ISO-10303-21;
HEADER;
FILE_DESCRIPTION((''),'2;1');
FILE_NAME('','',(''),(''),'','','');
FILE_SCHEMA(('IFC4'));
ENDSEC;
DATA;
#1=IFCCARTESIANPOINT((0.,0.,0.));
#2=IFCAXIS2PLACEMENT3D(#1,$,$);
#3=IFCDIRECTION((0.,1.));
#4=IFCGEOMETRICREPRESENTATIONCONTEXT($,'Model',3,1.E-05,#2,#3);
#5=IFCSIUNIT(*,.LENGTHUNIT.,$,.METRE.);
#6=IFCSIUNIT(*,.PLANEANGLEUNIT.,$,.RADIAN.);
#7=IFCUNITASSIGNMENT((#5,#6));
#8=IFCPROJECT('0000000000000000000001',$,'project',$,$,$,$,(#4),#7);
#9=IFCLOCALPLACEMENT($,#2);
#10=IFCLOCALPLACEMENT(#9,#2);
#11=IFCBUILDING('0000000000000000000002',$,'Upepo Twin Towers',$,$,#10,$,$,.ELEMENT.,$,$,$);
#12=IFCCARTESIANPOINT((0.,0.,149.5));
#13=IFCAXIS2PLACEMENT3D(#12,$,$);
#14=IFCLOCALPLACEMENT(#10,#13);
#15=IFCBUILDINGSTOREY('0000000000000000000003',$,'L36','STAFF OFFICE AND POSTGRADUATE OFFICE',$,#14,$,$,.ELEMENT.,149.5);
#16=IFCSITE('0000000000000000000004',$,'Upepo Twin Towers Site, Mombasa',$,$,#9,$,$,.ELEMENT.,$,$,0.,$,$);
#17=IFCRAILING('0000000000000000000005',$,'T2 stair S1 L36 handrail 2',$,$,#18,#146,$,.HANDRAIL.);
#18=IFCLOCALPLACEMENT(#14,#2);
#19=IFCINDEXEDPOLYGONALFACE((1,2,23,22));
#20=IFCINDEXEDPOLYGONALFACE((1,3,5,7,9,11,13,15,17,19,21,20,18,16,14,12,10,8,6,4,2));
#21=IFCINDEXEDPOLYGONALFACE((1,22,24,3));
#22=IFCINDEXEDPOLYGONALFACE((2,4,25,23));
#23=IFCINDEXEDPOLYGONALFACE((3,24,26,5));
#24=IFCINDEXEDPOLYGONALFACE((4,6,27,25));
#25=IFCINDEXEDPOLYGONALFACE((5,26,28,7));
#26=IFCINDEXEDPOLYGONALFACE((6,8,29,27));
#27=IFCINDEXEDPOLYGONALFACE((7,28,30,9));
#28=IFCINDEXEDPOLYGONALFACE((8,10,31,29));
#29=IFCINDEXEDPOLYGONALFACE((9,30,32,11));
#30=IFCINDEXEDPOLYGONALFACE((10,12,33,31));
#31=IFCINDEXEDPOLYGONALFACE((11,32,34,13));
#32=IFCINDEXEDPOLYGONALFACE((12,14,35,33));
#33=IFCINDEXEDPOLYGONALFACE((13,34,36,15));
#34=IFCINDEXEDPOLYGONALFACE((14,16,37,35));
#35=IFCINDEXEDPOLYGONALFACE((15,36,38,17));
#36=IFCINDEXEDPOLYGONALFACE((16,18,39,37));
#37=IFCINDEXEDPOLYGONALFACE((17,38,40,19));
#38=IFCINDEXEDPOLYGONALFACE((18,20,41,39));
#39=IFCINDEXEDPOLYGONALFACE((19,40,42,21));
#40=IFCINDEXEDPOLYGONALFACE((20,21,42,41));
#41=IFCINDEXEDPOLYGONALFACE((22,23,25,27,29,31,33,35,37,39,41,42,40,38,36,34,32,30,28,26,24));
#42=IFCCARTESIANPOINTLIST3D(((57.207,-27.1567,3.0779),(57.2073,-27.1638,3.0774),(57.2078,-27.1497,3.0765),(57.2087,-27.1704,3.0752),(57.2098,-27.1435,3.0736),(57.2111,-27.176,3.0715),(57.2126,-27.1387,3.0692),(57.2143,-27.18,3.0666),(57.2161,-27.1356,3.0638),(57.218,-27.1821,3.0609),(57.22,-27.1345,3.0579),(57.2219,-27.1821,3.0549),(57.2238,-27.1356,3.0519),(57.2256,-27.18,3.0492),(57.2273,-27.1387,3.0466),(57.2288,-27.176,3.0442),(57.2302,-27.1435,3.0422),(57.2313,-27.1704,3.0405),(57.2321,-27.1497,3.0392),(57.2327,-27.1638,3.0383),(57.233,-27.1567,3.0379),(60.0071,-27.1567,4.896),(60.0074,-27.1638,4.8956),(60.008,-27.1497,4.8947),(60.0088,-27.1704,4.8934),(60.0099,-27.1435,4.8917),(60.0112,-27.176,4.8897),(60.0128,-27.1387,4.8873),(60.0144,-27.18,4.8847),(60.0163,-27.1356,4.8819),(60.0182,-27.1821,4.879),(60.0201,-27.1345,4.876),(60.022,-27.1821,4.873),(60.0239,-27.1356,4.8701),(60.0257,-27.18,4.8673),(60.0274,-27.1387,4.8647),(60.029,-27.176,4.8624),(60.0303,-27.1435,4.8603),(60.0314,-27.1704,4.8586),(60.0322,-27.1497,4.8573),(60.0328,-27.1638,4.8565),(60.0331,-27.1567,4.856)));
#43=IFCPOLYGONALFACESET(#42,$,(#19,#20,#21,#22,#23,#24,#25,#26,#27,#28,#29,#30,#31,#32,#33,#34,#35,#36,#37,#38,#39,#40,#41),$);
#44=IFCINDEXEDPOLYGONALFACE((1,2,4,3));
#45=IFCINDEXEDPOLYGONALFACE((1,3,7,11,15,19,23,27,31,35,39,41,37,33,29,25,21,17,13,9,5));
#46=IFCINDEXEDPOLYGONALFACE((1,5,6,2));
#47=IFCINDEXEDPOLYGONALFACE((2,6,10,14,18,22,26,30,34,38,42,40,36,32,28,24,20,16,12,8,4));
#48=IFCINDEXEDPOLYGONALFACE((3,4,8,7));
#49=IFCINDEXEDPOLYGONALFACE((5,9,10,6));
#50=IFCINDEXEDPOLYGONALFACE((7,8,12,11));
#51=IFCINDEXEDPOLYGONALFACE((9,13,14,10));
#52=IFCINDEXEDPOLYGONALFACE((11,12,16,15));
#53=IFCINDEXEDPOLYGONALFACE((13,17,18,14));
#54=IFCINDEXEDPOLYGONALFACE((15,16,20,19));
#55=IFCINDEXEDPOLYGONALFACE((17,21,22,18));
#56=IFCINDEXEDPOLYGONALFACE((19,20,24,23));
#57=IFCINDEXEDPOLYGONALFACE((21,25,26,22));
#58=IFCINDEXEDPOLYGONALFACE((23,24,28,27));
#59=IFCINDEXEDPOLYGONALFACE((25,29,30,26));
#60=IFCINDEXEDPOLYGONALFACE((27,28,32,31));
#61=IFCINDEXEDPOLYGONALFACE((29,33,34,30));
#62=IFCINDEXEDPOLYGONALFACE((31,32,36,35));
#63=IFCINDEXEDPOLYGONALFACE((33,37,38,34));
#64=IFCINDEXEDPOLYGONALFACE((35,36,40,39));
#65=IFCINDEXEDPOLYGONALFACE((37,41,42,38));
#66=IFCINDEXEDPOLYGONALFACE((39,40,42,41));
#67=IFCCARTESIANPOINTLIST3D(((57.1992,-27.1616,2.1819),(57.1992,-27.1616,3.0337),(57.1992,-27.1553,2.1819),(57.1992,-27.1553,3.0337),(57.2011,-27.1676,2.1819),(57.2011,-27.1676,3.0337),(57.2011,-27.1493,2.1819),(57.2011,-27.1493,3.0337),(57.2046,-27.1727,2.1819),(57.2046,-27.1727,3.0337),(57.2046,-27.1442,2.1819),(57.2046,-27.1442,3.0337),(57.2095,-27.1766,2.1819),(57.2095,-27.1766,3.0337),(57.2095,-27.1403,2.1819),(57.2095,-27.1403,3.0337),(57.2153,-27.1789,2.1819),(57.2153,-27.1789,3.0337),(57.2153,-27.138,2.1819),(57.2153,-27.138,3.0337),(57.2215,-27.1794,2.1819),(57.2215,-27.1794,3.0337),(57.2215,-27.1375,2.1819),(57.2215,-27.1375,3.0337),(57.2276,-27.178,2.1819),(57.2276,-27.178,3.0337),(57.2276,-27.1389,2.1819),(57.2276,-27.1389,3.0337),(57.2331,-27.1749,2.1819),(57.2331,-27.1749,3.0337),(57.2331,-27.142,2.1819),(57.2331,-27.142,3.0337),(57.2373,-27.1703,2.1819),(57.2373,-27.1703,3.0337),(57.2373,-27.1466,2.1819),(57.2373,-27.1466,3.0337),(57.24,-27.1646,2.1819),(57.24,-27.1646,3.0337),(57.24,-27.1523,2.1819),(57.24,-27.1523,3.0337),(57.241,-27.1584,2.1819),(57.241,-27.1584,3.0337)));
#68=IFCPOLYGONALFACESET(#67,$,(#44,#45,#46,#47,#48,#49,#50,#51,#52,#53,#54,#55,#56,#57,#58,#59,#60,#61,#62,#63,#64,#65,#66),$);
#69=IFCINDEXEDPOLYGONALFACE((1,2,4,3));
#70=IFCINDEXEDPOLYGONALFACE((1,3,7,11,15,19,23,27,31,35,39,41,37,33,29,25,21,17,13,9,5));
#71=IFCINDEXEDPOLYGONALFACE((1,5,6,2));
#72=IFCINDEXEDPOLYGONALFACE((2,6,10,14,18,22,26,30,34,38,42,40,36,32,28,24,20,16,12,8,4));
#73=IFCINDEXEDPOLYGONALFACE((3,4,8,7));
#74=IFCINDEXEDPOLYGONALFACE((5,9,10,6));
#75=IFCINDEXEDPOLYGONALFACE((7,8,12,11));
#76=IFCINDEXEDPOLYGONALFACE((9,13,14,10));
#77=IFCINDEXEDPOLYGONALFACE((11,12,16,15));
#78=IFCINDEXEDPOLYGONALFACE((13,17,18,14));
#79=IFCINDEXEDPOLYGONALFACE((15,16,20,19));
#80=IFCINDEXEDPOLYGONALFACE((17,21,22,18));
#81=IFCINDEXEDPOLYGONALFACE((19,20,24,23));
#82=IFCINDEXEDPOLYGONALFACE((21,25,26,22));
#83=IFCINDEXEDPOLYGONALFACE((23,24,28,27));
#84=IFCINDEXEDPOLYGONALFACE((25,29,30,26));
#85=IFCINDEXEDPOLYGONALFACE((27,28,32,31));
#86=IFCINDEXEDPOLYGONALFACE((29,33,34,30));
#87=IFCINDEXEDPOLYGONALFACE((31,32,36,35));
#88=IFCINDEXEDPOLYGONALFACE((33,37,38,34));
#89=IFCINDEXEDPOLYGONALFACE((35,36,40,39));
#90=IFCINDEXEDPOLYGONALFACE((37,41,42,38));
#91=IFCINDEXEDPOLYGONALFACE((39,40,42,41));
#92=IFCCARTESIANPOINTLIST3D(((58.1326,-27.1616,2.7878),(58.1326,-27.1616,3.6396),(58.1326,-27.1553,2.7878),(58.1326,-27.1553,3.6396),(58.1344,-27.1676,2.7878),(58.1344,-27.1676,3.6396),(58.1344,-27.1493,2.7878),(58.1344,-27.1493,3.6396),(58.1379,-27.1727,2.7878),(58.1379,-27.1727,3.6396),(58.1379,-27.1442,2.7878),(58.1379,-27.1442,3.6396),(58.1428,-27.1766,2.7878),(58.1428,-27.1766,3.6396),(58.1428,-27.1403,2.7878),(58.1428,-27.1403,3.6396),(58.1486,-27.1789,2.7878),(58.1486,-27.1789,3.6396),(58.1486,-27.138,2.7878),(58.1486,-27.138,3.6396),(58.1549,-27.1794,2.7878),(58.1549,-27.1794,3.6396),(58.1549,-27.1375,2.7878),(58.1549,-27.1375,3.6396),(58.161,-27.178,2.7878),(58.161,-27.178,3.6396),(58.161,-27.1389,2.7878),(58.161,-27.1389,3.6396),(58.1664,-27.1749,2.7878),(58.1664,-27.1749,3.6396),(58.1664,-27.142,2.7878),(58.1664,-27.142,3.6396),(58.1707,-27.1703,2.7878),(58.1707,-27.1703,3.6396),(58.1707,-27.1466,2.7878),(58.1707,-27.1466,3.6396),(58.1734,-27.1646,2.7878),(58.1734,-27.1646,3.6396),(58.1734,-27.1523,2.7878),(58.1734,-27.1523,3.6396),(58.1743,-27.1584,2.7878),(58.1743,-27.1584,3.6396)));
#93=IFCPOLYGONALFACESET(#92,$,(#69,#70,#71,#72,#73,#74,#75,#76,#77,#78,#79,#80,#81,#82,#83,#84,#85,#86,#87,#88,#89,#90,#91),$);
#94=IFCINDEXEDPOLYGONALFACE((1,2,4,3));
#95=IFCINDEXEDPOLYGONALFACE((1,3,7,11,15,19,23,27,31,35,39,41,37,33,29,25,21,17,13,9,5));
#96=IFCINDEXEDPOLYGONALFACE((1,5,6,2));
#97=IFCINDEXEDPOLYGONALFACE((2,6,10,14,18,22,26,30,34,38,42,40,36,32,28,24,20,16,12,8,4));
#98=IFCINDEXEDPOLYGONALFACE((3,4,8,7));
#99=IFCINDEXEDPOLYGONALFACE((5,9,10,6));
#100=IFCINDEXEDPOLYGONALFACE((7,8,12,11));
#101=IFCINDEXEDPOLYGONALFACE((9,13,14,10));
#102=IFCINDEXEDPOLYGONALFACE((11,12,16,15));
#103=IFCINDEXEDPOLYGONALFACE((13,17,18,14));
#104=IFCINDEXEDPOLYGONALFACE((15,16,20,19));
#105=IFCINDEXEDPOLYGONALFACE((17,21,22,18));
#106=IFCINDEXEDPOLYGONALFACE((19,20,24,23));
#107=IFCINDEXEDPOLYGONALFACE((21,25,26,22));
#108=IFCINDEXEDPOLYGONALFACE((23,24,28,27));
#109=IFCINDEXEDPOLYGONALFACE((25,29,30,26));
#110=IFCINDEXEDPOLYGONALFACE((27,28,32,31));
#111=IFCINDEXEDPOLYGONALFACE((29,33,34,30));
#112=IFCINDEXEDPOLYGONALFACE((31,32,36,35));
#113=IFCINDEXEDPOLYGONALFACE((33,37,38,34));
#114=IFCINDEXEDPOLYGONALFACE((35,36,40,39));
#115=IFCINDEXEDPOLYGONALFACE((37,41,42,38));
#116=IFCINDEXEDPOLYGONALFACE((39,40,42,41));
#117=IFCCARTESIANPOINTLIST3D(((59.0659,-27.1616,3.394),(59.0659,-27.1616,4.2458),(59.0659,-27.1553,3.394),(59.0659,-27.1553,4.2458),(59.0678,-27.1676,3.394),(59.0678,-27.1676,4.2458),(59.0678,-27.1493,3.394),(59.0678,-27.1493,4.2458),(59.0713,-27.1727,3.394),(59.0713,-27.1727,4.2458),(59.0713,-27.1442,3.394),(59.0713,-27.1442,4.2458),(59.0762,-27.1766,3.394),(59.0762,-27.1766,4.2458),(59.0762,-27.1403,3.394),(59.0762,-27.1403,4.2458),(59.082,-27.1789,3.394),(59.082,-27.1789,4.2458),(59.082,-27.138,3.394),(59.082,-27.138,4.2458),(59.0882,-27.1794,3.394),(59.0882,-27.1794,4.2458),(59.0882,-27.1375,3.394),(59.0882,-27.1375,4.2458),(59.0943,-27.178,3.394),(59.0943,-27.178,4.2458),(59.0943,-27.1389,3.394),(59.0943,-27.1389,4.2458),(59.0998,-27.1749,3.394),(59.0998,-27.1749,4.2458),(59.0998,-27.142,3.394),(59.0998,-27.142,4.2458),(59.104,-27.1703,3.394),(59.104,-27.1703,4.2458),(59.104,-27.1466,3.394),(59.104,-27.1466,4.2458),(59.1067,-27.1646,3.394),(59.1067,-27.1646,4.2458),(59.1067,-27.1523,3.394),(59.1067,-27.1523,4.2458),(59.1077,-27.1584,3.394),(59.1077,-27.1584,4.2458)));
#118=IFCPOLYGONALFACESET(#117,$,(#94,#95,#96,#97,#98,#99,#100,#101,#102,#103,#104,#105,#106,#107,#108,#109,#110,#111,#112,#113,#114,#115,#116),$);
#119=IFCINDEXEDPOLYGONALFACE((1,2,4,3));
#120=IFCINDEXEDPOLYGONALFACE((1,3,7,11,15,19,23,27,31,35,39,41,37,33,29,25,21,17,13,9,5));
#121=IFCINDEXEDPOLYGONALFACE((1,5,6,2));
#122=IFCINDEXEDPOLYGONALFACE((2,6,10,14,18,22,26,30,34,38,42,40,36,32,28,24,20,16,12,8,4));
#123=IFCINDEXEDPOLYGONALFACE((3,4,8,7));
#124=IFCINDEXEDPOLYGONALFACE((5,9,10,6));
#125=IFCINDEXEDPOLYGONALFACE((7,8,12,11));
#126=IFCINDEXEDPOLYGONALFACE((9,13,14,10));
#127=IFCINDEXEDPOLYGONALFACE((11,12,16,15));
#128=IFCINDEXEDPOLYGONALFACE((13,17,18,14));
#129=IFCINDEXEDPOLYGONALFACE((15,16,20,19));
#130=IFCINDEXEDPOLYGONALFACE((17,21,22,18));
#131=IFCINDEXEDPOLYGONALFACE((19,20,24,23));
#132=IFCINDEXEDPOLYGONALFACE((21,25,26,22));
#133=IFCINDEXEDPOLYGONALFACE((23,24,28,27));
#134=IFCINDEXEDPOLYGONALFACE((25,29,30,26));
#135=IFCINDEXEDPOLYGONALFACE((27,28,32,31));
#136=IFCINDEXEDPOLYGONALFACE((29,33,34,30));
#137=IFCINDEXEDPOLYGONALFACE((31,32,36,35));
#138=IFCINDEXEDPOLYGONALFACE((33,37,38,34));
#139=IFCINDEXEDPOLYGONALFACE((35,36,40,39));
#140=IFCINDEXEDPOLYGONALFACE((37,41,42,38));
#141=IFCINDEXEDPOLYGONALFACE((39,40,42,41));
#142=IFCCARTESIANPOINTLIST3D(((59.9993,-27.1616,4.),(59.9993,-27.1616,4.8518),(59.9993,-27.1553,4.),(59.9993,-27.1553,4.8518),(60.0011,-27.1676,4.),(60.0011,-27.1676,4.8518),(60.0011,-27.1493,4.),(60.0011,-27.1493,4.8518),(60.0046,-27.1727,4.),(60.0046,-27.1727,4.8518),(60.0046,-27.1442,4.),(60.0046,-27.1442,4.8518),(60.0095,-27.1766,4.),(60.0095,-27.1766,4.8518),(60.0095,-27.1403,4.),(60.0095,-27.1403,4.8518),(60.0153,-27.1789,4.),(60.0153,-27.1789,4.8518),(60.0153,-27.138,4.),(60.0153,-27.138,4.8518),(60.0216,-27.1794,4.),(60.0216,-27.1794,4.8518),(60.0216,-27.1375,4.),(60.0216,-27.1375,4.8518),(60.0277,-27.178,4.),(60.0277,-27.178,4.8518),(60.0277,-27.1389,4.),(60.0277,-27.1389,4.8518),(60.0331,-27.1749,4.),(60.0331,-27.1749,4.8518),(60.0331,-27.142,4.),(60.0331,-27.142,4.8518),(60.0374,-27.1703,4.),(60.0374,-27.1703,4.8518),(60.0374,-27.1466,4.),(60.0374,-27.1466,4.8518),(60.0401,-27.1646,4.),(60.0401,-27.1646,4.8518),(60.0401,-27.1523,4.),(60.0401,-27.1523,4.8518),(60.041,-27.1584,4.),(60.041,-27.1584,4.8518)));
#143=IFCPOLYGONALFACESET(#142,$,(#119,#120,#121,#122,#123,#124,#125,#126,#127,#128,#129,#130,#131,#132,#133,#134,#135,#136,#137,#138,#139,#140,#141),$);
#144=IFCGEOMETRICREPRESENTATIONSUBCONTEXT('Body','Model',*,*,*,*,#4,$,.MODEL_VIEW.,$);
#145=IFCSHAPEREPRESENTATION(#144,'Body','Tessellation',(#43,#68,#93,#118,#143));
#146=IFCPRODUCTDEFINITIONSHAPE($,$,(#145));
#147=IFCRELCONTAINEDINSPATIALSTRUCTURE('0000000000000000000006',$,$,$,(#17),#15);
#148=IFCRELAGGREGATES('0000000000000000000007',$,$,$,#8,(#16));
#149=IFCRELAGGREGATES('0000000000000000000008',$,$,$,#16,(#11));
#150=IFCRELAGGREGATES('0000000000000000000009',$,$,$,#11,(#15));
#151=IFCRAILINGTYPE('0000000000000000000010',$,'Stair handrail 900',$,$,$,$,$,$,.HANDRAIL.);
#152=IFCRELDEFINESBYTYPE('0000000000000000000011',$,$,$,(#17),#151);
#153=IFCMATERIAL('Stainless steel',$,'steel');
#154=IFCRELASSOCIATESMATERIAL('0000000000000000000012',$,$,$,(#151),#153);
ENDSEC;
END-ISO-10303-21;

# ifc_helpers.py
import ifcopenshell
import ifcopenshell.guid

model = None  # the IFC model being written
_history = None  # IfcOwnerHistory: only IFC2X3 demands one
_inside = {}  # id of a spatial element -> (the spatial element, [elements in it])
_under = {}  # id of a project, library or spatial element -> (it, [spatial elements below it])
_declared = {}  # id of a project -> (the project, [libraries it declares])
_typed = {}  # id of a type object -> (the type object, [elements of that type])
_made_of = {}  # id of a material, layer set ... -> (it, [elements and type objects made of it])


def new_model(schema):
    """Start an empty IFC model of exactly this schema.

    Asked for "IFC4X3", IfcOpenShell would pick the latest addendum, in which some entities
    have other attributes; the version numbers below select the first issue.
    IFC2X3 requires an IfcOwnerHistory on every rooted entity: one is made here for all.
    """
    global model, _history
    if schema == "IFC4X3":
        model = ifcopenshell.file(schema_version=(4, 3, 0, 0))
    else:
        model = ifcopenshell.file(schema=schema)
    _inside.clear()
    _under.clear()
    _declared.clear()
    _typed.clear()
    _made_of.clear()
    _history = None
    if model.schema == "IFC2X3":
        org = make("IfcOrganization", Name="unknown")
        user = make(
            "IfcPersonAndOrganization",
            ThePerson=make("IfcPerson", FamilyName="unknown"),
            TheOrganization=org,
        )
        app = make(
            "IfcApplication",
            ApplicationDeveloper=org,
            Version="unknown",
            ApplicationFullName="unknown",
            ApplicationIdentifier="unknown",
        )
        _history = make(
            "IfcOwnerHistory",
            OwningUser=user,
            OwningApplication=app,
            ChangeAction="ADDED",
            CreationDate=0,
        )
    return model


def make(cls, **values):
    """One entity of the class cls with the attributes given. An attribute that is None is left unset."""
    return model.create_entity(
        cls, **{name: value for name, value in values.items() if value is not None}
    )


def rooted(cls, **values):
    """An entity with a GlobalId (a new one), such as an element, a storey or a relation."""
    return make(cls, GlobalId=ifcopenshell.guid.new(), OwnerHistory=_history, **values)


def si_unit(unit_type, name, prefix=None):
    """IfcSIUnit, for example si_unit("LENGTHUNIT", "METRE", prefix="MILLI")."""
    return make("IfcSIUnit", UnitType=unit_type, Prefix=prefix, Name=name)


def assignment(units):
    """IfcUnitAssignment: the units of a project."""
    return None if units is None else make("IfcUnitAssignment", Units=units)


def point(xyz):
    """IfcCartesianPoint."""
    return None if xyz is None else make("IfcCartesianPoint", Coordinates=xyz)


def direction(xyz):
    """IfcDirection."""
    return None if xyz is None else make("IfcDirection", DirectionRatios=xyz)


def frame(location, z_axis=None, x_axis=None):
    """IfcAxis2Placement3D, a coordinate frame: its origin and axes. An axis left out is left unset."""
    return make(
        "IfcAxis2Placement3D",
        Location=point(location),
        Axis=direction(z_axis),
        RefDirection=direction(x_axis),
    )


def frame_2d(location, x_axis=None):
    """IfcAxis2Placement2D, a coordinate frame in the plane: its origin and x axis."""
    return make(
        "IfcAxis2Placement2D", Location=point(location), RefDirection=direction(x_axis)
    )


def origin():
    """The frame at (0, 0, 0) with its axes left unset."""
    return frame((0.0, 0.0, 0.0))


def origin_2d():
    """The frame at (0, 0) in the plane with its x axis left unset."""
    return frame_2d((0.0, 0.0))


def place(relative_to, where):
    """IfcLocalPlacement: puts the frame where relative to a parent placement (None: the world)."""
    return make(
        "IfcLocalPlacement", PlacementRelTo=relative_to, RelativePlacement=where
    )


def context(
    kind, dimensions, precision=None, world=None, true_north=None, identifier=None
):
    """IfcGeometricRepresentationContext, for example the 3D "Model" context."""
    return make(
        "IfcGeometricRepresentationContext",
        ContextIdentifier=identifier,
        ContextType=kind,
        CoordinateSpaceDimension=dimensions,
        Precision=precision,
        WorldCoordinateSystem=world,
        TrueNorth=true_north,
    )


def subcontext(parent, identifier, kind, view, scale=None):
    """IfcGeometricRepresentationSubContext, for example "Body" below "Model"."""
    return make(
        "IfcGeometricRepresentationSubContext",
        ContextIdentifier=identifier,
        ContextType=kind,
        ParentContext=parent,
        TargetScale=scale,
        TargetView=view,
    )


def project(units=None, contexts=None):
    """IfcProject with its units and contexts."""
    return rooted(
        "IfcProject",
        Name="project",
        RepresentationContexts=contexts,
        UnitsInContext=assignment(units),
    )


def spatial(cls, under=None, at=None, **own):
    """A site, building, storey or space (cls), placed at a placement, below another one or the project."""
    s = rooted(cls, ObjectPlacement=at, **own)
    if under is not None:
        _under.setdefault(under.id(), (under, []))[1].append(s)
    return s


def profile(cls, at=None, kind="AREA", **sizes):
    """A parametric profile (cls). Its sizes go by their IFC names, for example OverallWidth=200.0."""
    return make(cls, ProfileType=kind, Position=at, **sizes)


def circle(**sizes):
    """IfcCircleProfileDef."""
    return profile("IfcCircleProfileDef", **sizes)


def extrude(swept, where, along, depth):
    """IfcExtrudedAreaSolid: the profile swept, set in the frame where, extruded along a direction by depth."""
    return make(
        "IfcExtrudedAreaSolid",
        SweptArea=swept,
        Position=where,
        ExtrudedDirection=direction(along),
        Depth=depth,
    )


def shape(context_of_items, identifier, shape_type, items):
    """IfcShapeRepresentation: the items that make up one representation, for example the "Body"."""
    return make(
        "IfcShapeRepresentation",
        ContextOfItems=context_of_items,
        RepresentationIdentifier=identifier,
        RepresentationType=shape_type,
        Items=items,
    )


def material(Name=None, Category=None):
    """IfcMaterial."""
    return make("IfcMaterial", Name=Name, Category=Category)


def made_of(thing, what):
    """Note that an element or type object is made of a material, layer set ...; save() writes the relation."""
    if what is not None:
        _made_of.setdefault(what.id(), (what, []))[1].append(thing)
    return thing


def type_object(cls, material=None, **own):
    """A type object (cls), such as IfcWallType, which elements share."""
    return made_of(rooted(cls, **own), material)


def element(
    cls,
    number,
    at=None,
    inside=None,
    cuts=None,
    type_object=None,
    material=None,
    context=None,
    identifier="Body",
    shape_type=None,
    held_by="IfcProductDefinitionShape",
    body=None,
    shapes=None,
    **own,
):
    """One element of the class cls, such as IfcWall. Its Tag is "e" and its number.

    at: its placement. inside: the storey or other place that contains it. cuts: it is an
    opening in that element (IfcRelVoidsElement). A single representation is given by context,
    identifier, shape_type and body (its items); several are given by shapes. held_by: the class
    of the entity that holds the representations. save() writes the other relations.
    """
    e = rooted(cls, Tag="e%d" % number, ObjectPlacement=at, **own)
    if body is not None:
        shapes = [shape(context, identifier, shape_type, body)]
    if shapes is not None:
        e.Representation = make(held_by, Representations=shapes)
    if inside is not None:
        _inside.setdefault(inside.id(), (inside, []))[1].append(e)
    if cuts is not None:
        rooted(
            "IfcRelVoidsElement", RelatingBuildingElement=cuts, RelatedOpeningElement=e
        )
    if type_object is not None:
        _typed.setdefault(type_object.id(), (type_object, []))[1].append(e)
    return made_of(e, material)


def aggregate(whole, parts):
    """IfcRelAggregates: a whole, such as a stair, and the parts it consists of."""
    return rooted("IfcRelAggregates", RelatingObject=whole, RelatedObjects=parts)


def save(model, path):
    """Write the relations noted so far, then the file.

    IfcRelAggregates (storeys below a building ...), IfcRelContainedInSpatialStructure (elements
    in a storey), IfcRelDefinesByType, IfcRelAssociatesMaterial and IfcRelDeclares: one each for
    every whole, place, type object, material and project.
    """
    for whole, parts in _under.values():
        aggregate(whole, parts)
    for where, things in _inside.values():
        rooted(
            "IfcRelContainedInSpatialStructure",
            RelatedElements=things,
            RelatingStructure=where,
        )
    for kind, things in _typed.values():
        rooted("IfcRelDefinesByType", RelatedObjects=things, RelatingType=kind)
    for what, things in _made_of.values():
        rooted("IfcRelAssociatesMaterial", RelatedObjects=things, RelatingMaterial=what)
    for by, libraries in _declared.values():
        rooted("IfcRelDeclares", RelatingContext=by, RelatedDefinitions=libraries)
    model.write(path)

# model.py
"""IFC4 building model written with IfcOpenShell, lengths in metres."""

from ifc_helpers import new_model, si_unit, direction, frame, origin, origin_2d, place, context, subcontext, project, spatial, circle, extrude, material, type_object, element, save


model = new_model("IFC4")

# Units and contexts
model_context = context("Model", 3, precision=1e-05, world=origin(), true_north=direction((0.0, 1.0)))
body_context = subcontext(model_context, "Body", "Model", "MODEL_VIEW")
ifc_project = project(units=[si_unit("LENGTHUNIT", "METRE"), si_unit("PLANEANGLEUNIT", "RADIAN")], contexts=[model_context])

# Site, building, storey
site_placement = place(None, origin())
site = spatial("IfcSite", under=ifc_project, at=site_placement, Name="Upepo Twin Towers Site, Mombasa", CompositionType="ELEMENT", RefElevation=0.0)
building_placement = place(site_placement, origin())
building = spatial("IfcBuilding", under=site, at=building_placement, Name="Upepo Twin Towers", CompositionType="ELEMENT")
storey_placement = place(building_placement, frame((0.0, 0.0, 149.5)))
storey = spatial("IfcBuildingStorey", under=building, at=storey_placement, Name="L36", Description="STAFF OFFICE AND POSTGRADUATE OFFICE", CompositionType="ELEMENT", Elevation=149.5)

# Railing
ifc_material_1 = material(Name="Stainless steel", Category="steel")
railing_type = type_object("IfcRailingType", Name="Stair handrail 900", PredefinedType="HANDRAIL", material=ifc_material_1)
railing_1_placement = place(storey_placement, frame((57.22, -27.1584, 2.1819)))
element("IfcRailing", 1, at=railing_1_placement, inside=storey, type_object=railing_type, Name="T2 stair S1 L36 handrail 2", PredefinedType="HANDRAIL", context=body_context, shape_type="SweptSolid", body=[
    extrude(circle(Radius=0.0239, at=origin_2d()), frame((0.0, 0.0, 0.876), z_axis=(0.838706, 0.0, 0.544585), x_axis=(0.0, 1.0, 0.0)), (0.0, 0.0, 1.0), 3.3386),
    extrude(circle(Radius=0.021, at=origin_2d()), origin(), (0.0, 0.0, 1.0), 0.8518),
    extrude(circle(Radius=0.021, at=origin_2d()), frame((0.9333, 0.0, 0.606)), (0.0, 0.0, 1.0), 0.8518),
    extrude(circle(Radius=0.021, at=origin_2d()), frame((1.8667, 0.0, 1.2122)), (0.0, 0.0, 1.0), 0.8518),
    extrude(circle(Radius=0.021, at=origin_2d()), frame((2.8, 0.0, 1.8181)), (0.0, 0.0, 1.0), 0.8518),
])

save(model, "model.ifc")
